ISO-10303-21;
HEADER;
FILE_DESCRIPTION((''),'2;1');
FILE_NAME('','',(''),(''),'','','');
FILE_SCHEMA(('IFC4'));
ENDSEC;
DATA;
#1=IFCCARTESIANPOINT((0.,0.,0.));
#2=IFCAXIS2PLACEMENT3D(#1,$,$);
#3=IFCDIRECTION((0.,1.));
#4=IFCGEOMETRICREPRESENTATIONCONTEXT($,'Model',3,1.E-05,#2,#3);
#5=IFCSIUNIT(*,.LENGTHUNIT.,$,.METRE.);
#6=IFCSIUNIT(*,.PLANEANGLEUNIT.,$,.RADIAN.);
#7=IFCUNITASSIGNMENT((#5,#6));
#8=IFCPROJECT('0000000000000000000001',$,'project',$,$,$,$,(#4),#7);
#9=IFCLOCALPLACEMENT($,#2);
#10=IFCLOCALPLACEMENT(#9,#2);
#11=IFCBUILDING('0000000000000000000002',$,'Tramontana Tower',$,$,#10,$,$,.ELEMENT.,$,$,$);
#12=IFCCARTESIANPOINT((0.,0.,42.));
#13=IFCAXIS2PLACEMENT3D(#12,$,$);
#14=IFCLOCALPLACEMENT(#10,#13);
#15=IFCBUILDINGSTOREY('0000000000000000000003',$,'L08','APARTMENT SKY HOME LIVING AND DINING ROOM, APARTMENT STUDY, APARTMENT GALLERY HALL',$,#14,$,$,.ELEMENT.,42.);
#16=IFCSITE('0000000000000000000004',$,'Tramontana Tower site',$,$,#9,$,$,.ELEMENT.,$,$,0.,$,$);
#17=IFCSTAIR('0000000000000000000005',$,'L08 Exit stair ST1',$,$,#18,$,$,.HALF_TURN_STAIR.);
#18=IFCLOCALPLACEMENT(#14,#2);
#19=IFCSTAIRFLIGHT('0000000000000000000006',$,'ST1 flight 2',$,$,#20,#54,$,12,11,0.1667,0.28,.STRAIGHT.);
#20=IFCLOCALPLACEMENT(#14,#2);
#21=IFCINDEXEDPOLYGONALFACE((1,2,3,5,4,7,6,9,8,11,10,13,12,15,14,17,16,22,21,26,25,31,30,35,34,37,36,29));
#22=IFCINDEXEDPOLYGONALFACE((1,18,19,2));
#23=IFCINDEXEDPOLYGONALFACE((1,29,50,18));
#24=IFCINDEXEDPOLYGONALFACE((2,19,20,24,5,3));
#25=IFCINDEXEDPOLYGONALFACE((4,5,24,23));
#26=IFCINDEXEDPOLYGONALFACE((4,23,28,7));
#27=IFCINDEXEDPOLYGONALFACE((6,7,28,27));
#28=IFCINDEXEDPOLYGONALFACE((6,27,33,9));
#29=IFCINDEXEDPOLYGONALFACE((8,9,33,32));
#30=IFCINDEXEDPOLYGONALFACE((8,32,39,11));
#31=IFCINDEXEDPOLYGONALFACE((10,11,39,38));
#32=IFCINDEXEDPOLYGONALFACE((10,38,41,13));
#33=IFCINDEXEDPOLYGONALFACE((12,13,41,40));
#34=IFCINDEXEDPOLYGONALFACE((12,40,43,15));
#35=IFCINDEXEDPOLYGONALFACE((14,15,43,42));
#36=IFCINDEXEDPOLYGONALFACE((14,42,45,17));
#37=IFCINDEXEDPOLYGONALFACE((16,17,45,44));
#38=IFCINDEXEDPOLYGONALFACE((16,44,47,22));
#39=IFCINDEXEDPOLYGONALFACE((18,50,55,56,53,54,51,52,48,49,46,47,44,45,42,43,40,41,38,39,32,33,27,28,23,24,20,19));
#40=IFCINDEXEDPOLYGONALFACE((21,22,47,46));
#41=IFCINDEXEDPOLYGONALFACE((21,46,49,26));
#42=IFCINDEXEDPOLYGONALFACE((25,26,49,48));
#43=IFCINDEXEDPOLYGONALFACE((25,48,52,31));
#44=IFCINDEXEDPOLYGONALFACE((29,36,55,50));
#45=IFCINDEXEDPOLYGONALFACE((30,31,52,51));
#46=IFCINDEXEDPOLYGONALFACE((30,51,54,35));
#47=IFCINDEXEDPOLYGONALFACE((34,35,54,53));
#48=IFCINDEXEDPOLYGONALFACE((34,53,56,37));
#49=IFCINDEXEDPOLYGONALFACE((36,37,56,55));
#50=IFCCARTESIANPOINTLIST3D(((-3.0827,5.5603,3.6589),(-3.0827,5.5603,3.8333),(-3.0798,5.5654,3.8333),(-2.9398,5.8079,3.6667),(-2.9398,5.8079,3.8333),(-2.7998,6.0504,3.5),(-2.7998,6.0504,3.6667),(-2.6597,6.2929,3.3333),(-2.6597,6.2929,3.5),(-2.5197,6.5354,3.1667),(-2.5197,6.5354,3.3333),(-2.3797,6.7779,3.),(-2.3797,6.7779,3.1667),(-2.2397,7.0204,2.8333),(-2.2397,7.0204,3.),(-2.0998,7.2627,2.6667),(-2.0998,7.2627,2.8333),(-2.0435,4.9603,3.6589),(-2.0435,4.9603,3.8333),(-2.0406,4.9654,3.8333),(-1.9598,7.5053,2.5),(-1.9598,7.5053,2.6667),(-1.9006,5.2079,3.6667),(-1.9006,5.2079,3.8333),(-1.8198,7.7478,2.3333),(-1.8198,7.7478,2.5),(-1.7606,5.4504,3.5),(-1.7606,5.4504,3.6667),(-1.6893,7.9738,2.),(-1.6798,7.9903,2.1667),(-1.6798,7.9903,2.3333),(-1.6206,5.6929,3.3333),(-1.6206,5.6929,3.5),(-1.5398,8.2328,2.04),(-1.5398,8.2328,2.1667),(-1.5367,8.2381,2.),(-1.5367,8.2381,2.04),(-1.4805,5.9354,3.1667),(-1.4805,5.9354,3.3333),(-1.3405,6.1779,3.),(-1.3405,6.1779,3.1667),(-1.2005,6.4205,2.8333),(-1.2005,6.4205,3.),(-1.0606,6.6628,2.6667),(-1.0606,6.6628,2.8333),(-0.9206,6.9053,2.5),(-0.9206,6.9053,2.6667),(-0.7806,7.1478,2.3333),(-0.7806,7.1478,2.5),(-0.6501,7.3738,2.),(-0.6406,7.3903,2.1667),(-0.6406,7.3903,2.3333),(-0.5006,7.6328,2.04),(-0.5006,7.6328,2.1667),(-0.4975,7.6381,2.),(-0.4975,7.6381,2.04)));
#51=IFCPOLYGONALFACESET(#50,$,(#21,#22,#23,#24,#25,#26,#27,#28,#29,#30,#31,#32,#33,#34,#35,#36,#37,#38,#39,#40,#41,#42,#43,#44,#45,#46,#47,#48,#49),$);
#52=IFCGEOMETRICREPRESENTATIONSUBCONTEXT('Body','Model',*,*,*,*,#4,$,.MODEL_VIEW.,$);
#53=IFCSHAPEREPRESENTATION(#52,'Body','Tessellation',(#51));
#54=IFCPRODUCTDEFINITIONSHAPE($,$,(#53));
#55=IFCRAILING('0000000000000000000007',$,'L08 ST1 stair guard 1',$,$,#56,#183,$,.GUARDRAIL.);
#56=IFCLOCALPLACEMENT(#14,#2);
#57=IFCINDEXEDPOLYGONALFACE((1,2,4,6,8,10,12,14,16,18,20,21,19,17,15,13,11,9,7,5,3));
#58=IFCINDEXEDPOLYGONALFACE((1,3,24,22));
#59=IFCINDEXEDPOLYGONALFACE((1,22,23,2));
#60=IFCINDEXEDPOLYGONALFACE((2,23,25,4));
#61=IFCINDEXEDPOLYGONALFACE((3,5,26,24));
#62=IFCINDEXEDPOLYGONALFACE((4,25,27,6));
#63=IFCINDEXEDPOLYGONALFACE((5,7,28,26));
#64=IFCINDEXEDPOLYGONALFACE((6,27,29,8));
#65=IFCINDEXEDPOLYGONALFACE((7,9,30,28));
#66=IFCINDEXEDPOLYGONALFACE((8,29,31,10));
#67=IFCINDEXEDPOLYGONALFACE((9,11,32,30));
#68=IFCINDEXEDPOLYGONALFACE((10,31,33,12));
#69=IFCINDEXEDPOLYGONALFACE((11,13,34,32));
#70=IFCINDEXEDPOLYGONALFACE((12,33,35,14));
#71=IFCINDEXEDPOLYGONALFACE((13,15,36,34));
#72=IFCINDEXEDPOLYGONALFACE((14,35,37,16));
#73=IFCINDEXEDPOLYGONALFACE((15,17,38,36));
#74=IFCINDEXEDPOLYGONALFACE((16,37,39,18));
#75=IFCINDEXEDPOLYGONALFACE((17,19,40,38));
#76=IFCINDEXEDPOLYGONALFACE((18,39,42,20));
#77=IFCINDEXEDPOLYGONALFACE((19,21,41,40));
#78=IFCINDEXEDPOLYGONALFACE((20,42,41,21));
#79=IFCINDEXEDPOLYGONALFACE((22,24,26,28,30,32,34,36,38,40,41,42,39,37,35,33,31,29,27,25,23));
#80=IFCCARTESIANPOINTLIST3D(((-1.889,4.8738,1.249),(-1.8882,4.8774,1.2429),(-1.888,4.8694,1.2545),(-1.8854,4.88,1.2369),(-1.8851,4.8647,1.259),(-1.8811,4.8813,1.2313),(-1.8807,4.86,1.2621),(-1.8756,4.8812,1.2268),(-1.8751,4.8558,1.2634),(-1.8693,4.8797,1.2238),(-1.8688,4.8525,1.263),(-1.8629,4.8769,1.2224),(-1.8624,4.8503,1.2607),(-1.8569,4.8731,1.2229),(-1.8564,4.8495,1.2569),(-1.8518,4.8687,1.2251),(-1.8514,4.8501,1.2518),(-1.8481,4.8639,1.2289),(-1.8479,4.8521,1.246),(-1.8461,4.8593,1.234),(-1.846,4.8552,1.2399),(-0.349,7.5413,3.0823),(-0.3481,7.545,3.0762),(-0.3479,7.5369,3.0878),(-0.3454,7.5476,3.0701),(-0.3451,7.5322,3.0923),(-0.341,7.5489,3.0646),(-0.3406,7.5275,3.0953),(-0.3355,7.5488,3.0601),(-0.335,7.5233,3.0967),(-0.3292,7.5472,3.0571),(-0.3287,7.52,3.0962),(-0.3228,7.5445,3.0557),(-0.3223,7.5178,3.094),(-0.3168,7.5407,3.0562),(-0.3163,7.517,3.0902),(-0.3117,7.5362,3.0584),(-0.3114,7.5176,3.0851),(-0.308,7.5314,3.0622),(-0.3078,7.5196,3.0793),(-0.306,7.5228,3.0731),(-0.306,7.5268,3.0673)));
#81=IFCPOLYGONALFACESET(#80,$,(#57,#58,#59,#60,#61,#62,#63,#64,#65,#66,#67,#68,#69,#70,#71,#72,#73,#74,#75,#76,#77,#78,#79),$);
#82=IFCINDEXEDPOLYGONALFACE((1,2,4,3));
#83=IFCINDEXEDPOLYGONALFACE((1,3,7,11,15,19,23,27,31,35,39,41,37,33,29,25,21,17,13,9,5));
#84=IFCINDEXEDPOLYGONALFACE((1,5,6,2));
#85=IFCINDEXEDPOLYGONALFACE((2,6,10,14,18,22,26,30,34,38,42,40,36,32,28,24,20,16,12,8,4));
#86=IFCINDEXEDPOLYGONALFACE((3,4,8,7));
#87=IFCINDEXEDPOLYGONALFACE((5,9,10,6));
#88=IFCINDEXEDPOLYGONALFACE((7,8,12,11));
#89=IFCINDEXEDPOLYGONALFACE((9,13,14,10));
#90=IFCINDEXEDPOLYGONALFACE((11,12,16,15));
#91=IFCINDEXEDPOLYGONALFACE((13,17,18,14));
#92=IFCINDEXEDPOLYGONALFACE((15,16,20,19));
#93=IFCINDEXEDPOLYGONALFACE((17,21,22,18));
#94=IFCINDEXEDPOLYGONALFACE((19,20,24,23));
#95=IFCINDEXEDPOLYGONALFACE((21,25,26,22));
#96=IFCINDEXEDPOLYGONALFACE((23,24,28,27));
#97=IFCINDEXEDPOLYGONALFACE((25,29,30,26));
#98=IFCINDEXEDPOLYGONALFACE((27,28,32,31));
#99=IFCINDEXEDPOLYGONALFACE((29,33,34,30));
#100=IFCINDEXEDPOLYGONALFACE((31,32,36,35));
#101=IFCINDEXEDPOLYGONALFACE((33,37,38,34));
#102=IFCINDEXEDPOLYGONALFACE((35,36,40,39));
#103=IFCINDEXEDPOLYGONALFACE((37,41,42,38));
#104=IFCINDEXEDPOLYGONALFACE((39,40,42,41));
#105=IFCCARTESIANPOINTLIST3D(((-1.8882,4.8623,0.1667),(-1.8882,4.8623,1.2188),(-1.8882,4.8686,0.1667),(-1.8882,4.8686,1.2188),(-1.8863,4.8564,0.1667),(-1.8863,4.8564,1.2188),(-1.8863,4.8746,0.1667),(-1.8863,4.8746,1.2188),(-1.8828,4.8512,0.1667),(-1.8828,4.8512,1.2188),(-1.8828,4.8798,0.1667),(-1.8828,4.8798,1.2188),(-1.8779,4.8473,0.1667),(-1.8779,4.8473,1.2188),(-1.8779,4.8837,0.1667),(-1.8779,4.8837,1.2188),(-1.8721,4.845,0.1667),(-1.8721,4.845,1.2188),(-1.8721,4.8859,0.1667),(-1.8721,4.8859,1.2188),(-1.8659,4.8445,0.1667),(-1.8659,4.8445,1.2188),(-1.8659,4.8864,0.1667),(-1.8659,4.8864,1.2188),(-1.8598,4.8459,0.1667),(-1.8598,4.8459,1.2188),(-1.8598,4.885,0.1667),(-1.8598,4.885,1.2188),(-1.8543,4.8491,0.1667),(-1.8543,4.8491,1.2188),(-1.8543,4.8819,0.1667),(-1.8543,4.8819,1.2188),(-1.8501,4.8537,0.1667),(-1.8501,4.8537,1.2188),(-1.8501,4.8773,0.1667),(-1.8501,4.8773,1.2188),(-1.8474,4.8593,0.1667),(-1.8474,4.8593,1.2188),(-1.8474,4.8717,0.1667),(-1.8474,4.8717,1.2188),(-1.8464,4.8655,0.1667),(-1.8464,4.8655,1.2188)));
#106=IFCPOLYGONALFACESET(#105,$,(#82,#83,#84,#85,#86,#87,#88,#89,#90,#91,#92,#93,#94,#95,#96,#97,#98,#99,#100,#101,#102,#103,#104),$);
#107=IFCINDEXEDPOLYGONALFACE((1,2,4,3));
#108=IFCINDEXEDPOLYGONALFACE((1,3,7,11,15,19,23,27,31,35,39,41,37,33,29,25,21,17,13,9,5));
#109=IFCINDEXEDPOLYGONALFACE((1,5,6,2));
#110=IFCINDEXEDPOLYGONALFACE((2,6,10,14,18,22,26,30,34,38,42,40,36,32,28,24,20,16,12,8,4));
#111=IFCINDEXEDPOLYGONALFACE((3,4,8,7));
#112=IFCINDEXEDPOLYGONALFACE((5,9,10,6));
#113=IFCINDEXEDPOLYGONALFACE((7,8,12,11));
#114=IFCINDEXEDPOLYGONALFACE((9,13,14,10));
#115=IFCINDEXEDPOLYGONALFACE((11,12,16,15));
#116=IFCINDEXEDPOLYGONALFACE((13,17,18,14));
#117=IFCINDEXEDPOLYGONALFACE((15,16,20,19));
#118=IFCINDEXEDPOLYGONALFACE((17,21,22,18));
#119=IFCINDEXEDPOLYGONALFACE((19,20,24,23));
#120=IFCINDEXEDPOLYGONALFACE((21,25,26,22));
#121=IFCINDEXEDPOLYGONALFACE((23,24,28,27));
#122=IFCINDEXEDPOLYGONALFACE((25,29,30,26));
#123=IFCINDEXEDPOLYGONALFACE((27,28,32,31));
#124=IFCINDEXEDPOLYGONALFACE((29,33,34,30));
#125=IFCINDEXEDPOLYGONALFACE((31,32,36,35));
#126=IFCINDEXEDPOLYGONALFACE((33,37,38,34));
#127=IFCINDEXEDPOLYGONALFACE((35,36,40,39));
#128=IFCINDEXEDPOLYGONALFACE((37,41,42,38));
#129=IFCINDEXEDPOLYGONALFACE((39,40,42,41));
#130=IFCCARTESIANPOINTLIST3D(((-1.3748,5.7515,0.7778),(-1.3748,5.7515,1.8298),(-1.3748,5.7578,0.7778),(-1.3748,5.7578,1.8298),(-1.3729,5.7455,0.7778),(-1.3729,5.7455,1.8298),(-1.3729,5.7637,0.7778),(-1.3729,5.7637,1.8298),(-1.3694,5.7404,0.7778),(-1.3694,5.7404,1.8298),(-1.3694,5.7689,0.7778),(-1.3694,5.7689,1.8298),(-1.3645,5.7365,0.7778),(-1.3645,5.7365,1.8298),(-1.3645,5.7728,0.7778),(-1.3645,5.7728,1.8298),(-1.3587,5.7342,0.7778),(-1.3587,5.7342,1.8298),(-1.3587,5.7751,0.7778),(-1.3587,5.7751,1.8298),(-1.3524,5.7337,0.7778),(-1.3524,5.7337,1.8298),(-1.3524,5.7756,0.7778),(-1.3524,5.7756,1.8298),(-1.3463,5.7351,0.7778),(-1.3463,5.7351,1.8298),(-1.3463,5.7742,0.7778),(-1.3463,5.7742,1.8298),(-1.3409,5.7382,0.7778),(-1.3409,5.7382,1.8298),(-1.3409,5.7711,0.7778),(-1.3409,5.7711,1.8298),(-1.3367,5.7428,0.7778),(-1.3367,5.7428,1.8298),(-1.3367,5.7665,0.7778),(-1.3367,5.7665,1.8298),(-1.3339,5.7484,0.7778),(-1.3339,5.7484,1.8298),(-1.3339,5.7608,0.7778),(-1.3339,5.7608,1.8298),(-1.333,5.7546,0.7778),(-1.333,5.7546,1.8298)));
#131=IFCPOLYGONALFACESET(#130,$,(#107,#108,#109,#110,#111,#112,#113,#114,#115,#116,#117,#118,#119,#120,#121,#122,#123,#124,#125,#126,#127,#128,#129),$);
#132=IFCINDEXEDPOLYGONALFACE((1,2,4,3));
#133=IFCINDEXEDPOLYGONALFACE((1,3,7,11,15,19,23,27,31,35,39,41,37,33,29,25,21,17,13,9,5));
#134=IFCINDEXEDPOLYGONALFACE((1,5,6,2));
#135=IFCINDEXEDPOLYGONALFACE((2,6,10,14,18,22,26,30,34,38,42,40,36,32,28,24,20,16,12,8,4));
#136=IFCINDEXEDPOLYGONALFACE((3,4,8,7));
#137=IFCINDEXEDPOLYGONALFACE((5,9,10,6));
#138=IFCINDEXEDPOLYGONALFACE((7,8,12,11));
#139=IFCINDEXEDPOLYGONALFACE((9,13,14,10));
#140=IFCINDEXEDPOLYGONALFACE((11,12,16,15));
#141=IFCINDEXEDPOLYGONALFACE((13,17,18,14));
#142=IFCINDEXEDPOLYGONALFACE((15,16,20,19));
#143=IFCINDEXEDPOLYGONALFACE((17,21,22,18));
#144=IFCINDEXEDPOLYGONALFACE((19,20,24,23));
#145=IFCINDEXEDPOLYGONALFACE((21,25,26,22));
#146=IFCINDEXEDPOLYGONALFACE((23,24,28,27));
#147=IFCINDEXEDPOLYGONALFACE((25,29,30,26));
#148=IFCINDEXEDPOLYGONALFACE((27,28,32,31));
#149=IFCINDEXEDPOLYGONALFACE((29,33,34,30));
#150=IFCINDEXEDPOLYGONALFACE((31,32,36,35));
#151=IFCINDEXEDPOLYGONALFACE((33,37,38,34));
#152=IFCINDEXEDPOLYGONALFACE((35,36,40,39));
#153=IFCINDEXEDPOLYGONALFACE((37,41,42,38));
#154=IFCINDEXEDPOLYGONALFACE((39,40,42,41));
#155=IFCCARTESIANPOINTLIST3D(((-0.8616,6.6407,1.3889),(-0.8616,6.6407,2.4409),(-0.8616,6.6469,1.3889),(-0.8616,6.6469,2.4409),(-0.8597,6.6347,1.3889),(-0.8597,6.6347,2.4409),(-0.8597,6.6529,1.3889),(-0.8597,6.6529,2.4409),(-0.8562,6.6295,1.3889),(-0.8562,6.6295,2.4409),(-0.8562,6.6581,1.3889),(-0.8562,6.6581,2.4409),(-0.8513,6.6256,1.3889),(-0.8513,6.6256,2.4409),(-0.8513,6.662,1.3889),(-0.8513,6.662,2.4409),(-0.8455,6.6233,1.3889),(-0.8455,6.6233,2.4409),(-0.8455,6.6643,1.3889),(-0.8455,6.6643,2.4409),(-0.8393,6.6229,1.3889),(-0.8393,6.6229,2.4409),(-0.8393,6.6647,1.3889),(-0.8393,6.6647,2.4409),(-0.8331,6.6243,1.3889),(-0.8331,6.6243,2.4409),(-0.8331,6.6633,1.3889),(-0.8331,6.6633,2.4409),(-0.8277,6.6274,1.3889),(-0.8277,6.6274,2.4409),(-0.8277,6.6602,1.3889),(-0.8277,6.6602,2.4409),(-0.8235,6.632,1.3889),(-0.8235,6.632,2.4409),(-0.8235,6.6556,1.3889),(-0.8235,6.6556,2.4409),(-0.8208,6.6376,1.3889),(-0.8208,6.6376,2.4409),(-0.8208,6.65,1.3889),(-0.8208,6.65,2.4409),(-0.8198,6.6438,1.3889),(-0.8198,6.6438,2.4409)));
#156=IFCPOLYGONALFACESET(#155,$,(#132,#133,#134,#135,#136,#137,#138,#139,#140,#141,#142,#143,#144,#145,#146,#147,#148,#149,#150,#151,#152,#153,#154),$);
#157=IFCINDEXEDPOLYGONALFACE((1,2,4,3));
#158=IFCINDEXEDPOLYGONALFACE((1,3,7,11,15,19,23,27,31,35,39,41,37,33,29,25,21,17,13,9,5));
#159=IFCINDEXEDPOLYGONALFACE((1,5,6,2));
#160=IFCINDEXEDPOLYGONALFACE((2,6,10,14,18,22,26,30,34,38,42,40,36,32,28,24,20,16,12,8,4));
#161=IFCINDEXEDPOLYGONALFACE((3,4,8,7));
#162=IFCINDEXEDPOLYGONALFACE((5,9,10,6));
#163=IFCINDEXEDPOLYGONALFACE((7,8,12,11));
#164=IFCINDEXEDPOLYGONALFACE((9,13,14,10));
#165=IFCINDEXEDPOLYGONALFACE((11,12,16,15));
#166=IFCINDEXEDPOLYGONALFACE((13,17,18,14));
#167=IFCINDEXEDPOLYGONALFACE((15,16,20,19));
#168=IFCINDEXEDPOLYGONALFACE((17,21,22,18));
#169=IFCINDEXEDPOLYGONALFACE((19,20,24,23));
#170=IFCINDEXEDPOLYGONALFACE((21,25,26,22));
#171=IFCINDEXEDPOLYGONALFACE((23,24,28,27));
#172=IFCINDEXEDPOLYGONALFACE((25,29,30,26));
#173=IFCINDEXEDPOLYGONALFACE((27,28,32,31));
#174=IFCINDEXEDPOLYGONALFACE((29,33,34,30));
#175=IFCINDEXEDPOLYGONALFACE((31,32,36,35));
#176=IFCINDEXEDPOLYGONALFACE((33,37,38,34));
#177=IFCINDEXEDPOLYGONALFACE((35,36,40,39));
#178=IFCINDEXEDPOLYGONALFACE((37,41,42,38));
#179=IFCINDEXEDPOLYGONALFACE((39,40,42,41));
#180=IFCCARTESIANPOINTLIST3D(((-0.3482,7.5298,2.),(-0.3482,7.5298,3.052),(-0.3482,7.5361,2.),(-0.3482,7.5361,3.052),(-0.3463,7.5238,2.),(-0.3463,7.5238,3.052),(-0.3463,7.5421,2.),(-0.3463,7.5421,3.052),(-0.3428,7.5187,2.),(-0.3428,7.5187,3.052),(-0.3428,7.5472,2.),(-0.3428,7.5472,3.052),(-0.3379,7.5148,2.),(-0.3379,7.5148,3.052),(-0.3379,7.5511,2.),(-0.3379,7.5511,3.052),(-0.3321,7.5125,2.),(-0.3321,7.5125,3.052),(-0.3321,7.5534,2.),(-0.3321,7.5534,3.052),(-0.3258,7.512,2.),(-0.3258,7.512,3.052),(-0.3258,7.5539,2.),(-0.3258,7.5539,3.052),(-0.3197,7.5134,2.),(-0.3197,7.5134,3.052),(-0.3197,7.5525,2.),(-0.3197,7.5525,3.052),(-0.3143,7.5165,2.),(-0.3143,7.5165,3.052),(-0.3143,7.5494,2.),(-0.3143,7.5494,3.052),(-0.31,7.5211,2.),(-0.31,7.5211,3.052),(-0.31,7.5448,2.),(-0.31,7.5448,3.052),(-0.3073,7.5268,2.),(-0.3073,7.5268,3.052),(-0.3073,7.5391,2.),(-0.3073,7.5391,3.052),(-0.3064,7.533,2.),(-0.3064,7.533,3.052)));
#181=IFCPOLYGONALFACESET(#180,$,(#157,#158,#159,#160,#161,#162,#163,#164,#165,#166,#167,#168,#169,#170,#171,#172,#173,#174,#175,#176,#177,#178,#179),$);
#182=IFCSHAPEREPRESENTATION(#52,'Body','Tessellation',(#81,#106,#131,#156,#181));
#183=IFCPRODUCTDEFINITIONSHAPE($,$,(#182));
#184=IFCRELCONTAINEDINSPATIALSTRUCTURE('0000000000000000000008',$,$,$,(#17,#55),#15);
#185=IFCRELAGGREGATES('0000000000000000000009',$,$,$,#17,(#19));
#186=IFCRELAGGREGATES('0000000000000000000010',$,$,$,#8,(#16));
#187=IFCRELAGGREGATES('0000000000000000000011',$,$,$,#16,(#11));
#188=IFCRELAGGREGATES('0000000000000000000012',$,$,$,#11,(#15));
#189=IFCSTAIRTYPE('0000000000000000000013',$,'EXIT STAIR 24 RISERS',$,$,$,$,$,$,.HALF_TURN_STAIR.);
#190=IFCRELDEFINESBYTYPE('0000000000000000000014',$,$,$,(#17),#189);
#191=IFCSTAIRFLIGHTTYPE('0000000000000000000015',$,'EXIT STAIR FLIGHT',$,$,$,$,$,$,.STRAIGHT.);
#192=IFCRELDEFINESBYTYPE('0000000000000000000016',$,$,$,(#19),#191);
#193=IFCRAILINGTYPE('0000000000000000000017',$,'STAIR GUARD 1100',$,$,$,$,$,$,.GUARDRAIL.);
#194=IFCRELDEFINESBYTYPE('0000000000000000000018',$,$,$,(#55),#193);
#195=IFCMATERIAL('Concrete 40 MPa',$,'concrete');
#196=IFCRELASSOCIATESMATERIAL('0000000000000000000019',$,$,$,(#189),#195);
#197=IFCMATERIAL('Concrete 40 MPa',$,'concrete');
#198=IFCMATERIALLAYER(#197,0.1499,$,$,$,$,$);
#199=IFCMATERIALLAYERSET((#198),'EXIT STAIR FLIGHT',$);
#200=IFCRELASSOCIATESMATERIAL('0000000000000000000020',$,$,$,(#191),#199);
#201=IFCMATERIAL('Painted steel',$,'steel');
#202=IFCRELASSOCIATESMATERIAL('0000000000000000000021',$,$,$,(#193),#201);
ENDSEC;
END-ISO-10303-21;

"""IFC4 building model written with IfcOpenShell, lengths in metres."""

from ifc_helpers import new_model, si_unit, direction, frame, origin, origin_2d, place, context, subcontext, project, spatial, polyline, circle, outline, extrude, material, layer, layer_set, type_object, element, aggregate, save


model = new_model("IFC4")

# Units and contexts
model_context = context("Model", 3, precision=1e-05, world=origin(), true_north=direction((0.0, 1.0)))
body_context = subcontext(model_context, "Body", "Model", "MODEL_VIEW")
ifc_project = project(units=[si_unit("LENGTHUNIT", "METRE"), si_unit("PLANEANGLEUNIT", "RADIAN")], contexts=[model_context])

# Site, building, storey
site_placement = place(None, origin())
site = spatial("IfcSite", under=ifc_project, at=site_placement, Name="Tramontana Tower site", CompositionType="ELEMENT", RefElevation=0.0)
building_placement = place(site_placement, origin())
building = spatial("IfcBuilding", under=site, at=building_placement, Name="Tramontana Tower", CompositionType="ELEMENT")
storey_placement = place(building_placement, frame((0.0, 0.0, 42.0)))
storey = spatial("IfcBuildingStorey", under=building, at=storey_placement, Name="L08", Description="APARTMENT SKY HOME LIVING AND DINING ROOM, APARTMENT STUDY, APARTMENT GALLERY HALL", CompositionType="ELEMENT", Elevation=42.0)

# Stair, stair flight
ifc_material_1 = material(Name="Concrete 40 MPa", Category="concrete")
stair_type = type_object("IfcStairType", Name="EXIT STAIR 24 RISERS", PredefinedType="HALF_TURN_STAIR", material=ifc_material_1)
stair_placement = place(storey_placement, origin())
stair = element("IfcStair", 1, at=stair_placement, inside=storey, type_object=stair_type, Name="L08 Exit stair ST1", PredefinedType="HALF_TURN_STAIR")
ifc_material_2 = material(Name="Concrete 40 MPa", Category="concrete")
ifc_layer_1 = layer(ifc_material_2, 0.1499)
ifc_layer_set_1 = layer_set([ifc_layer_1], Name="EXIT STAIR FLIGHT")
stair_flight_type = type_object("IfcStairFlightType", Name="EXIT STAIR FLIGHT", PredefinedType="STRAIGHT", material=ifc_layer_set_1)
stair_flight_1_placement = place(storey_placement, frame((-1.0203, 7.9329, 2.0), z_axis=(0.0, 0.0, 1.0), x_axis=(-0.5, -0.866025, 0.0)))
stair_flight_1 = element("IfcStairFlight", 2, at=stair_flight_1_placement, type_object=stair_flight_type, Name="ST1 flight 2", NumberOfRisers=12, NumberOfTreads=11, PredefinedType="STRAIGHT", RiserHeight=0.1667, TreadLength=0.28, context=body_context, shape_type="SweptSolid", body=[
    extrude(outline(polyline([(-0.0061, 0.0), (-0.0061, 0.04), (0.0, 0.04), (0.0, 0.1667), (0.28, 0.1667), (0.28, 0.3333), (0.5601, 0.3333), (0.5601, 0.5), (0.8401, 0.5), (0.8401, 0.6667), (1.1201, 0.6667), (1.1201, 0.8333), (1.3999, 0.8333), (1.3999, 1.0), (1.6799, 1.0), (1.6799, 1.1667), (1.96, 1.1667), (1.96, 1.3333), (2.24, 1.3333), (2.24, 1.5), (2.52, 1.5), (2.52, 1.6667), (2.8, 1.6667), (2.8, 1.8333), (3.0801, 1.8333), (3.0859, 1.8333), (3.0859, 1.6589), (0.2991, 0.0), (-0.0061, 0.0)])), frame((0.0, 0.6001, 0.0), z_axis=(0.0, -1.0, 0.0), x_axis=(1.0, 0.0, 0.0)), (0.0, 0.0, 1.0), 1.2),
])
aggregate(stair, [stair_flight_1])

# Railing
ifc_material_3 = material(Name="Painted steel", Category="steel")
railing_type_1 = type_object("IfcRailingType", Name="STAIR GUARD 1100", PredefinedType="GUARDRAIL", material=ifc_material_3)
railing_1_placement = place(storey_placement, frame((-1.8674, 4.8655, 0.1667)))
element("IfcRailing", 3, at=railing_1_placement, inside=storey, type_object=railing_type_1, Name="L08 ST1 stair guard 1", PredefinedType="GUARDRAIL", context=body_context, shape_type="SweptSolid", body=[
    extrude(circle(Radius=0.0239, at=origin_2d()), frame((0.0, 0.0, 1.0762), z_axis=(0.429649, 0.74419, 0.511452), x_axis=(-0.86603, 0.499992, 0.0)), (0.0, 0.0, 1.0), 3.5845),
    extrude(circle(Radius=0.021, at=origin_2d()), origin(), (0.0, 0.0, 1.0), 1.052),
    extrude(circle(Radius=0.021, at=origin_2d()), frame((0.5134, 0.8892, 0.6111)), (0.0, 0.0, 1.0), 1.052),
    extrude(circle(Radius=0.021, at=origin_2d()), frame((1.0266, 1.7783, 1.2222)), (0.0, 0.0, 1.0), 1.052),
    extrude(circle(Radius=0.021, at=origin_2d()), frame((1.54, 2.6675, 1.8333)), (0.0, 0.0, 1.0), 1.052),
])

save(model, "model.ifc")
